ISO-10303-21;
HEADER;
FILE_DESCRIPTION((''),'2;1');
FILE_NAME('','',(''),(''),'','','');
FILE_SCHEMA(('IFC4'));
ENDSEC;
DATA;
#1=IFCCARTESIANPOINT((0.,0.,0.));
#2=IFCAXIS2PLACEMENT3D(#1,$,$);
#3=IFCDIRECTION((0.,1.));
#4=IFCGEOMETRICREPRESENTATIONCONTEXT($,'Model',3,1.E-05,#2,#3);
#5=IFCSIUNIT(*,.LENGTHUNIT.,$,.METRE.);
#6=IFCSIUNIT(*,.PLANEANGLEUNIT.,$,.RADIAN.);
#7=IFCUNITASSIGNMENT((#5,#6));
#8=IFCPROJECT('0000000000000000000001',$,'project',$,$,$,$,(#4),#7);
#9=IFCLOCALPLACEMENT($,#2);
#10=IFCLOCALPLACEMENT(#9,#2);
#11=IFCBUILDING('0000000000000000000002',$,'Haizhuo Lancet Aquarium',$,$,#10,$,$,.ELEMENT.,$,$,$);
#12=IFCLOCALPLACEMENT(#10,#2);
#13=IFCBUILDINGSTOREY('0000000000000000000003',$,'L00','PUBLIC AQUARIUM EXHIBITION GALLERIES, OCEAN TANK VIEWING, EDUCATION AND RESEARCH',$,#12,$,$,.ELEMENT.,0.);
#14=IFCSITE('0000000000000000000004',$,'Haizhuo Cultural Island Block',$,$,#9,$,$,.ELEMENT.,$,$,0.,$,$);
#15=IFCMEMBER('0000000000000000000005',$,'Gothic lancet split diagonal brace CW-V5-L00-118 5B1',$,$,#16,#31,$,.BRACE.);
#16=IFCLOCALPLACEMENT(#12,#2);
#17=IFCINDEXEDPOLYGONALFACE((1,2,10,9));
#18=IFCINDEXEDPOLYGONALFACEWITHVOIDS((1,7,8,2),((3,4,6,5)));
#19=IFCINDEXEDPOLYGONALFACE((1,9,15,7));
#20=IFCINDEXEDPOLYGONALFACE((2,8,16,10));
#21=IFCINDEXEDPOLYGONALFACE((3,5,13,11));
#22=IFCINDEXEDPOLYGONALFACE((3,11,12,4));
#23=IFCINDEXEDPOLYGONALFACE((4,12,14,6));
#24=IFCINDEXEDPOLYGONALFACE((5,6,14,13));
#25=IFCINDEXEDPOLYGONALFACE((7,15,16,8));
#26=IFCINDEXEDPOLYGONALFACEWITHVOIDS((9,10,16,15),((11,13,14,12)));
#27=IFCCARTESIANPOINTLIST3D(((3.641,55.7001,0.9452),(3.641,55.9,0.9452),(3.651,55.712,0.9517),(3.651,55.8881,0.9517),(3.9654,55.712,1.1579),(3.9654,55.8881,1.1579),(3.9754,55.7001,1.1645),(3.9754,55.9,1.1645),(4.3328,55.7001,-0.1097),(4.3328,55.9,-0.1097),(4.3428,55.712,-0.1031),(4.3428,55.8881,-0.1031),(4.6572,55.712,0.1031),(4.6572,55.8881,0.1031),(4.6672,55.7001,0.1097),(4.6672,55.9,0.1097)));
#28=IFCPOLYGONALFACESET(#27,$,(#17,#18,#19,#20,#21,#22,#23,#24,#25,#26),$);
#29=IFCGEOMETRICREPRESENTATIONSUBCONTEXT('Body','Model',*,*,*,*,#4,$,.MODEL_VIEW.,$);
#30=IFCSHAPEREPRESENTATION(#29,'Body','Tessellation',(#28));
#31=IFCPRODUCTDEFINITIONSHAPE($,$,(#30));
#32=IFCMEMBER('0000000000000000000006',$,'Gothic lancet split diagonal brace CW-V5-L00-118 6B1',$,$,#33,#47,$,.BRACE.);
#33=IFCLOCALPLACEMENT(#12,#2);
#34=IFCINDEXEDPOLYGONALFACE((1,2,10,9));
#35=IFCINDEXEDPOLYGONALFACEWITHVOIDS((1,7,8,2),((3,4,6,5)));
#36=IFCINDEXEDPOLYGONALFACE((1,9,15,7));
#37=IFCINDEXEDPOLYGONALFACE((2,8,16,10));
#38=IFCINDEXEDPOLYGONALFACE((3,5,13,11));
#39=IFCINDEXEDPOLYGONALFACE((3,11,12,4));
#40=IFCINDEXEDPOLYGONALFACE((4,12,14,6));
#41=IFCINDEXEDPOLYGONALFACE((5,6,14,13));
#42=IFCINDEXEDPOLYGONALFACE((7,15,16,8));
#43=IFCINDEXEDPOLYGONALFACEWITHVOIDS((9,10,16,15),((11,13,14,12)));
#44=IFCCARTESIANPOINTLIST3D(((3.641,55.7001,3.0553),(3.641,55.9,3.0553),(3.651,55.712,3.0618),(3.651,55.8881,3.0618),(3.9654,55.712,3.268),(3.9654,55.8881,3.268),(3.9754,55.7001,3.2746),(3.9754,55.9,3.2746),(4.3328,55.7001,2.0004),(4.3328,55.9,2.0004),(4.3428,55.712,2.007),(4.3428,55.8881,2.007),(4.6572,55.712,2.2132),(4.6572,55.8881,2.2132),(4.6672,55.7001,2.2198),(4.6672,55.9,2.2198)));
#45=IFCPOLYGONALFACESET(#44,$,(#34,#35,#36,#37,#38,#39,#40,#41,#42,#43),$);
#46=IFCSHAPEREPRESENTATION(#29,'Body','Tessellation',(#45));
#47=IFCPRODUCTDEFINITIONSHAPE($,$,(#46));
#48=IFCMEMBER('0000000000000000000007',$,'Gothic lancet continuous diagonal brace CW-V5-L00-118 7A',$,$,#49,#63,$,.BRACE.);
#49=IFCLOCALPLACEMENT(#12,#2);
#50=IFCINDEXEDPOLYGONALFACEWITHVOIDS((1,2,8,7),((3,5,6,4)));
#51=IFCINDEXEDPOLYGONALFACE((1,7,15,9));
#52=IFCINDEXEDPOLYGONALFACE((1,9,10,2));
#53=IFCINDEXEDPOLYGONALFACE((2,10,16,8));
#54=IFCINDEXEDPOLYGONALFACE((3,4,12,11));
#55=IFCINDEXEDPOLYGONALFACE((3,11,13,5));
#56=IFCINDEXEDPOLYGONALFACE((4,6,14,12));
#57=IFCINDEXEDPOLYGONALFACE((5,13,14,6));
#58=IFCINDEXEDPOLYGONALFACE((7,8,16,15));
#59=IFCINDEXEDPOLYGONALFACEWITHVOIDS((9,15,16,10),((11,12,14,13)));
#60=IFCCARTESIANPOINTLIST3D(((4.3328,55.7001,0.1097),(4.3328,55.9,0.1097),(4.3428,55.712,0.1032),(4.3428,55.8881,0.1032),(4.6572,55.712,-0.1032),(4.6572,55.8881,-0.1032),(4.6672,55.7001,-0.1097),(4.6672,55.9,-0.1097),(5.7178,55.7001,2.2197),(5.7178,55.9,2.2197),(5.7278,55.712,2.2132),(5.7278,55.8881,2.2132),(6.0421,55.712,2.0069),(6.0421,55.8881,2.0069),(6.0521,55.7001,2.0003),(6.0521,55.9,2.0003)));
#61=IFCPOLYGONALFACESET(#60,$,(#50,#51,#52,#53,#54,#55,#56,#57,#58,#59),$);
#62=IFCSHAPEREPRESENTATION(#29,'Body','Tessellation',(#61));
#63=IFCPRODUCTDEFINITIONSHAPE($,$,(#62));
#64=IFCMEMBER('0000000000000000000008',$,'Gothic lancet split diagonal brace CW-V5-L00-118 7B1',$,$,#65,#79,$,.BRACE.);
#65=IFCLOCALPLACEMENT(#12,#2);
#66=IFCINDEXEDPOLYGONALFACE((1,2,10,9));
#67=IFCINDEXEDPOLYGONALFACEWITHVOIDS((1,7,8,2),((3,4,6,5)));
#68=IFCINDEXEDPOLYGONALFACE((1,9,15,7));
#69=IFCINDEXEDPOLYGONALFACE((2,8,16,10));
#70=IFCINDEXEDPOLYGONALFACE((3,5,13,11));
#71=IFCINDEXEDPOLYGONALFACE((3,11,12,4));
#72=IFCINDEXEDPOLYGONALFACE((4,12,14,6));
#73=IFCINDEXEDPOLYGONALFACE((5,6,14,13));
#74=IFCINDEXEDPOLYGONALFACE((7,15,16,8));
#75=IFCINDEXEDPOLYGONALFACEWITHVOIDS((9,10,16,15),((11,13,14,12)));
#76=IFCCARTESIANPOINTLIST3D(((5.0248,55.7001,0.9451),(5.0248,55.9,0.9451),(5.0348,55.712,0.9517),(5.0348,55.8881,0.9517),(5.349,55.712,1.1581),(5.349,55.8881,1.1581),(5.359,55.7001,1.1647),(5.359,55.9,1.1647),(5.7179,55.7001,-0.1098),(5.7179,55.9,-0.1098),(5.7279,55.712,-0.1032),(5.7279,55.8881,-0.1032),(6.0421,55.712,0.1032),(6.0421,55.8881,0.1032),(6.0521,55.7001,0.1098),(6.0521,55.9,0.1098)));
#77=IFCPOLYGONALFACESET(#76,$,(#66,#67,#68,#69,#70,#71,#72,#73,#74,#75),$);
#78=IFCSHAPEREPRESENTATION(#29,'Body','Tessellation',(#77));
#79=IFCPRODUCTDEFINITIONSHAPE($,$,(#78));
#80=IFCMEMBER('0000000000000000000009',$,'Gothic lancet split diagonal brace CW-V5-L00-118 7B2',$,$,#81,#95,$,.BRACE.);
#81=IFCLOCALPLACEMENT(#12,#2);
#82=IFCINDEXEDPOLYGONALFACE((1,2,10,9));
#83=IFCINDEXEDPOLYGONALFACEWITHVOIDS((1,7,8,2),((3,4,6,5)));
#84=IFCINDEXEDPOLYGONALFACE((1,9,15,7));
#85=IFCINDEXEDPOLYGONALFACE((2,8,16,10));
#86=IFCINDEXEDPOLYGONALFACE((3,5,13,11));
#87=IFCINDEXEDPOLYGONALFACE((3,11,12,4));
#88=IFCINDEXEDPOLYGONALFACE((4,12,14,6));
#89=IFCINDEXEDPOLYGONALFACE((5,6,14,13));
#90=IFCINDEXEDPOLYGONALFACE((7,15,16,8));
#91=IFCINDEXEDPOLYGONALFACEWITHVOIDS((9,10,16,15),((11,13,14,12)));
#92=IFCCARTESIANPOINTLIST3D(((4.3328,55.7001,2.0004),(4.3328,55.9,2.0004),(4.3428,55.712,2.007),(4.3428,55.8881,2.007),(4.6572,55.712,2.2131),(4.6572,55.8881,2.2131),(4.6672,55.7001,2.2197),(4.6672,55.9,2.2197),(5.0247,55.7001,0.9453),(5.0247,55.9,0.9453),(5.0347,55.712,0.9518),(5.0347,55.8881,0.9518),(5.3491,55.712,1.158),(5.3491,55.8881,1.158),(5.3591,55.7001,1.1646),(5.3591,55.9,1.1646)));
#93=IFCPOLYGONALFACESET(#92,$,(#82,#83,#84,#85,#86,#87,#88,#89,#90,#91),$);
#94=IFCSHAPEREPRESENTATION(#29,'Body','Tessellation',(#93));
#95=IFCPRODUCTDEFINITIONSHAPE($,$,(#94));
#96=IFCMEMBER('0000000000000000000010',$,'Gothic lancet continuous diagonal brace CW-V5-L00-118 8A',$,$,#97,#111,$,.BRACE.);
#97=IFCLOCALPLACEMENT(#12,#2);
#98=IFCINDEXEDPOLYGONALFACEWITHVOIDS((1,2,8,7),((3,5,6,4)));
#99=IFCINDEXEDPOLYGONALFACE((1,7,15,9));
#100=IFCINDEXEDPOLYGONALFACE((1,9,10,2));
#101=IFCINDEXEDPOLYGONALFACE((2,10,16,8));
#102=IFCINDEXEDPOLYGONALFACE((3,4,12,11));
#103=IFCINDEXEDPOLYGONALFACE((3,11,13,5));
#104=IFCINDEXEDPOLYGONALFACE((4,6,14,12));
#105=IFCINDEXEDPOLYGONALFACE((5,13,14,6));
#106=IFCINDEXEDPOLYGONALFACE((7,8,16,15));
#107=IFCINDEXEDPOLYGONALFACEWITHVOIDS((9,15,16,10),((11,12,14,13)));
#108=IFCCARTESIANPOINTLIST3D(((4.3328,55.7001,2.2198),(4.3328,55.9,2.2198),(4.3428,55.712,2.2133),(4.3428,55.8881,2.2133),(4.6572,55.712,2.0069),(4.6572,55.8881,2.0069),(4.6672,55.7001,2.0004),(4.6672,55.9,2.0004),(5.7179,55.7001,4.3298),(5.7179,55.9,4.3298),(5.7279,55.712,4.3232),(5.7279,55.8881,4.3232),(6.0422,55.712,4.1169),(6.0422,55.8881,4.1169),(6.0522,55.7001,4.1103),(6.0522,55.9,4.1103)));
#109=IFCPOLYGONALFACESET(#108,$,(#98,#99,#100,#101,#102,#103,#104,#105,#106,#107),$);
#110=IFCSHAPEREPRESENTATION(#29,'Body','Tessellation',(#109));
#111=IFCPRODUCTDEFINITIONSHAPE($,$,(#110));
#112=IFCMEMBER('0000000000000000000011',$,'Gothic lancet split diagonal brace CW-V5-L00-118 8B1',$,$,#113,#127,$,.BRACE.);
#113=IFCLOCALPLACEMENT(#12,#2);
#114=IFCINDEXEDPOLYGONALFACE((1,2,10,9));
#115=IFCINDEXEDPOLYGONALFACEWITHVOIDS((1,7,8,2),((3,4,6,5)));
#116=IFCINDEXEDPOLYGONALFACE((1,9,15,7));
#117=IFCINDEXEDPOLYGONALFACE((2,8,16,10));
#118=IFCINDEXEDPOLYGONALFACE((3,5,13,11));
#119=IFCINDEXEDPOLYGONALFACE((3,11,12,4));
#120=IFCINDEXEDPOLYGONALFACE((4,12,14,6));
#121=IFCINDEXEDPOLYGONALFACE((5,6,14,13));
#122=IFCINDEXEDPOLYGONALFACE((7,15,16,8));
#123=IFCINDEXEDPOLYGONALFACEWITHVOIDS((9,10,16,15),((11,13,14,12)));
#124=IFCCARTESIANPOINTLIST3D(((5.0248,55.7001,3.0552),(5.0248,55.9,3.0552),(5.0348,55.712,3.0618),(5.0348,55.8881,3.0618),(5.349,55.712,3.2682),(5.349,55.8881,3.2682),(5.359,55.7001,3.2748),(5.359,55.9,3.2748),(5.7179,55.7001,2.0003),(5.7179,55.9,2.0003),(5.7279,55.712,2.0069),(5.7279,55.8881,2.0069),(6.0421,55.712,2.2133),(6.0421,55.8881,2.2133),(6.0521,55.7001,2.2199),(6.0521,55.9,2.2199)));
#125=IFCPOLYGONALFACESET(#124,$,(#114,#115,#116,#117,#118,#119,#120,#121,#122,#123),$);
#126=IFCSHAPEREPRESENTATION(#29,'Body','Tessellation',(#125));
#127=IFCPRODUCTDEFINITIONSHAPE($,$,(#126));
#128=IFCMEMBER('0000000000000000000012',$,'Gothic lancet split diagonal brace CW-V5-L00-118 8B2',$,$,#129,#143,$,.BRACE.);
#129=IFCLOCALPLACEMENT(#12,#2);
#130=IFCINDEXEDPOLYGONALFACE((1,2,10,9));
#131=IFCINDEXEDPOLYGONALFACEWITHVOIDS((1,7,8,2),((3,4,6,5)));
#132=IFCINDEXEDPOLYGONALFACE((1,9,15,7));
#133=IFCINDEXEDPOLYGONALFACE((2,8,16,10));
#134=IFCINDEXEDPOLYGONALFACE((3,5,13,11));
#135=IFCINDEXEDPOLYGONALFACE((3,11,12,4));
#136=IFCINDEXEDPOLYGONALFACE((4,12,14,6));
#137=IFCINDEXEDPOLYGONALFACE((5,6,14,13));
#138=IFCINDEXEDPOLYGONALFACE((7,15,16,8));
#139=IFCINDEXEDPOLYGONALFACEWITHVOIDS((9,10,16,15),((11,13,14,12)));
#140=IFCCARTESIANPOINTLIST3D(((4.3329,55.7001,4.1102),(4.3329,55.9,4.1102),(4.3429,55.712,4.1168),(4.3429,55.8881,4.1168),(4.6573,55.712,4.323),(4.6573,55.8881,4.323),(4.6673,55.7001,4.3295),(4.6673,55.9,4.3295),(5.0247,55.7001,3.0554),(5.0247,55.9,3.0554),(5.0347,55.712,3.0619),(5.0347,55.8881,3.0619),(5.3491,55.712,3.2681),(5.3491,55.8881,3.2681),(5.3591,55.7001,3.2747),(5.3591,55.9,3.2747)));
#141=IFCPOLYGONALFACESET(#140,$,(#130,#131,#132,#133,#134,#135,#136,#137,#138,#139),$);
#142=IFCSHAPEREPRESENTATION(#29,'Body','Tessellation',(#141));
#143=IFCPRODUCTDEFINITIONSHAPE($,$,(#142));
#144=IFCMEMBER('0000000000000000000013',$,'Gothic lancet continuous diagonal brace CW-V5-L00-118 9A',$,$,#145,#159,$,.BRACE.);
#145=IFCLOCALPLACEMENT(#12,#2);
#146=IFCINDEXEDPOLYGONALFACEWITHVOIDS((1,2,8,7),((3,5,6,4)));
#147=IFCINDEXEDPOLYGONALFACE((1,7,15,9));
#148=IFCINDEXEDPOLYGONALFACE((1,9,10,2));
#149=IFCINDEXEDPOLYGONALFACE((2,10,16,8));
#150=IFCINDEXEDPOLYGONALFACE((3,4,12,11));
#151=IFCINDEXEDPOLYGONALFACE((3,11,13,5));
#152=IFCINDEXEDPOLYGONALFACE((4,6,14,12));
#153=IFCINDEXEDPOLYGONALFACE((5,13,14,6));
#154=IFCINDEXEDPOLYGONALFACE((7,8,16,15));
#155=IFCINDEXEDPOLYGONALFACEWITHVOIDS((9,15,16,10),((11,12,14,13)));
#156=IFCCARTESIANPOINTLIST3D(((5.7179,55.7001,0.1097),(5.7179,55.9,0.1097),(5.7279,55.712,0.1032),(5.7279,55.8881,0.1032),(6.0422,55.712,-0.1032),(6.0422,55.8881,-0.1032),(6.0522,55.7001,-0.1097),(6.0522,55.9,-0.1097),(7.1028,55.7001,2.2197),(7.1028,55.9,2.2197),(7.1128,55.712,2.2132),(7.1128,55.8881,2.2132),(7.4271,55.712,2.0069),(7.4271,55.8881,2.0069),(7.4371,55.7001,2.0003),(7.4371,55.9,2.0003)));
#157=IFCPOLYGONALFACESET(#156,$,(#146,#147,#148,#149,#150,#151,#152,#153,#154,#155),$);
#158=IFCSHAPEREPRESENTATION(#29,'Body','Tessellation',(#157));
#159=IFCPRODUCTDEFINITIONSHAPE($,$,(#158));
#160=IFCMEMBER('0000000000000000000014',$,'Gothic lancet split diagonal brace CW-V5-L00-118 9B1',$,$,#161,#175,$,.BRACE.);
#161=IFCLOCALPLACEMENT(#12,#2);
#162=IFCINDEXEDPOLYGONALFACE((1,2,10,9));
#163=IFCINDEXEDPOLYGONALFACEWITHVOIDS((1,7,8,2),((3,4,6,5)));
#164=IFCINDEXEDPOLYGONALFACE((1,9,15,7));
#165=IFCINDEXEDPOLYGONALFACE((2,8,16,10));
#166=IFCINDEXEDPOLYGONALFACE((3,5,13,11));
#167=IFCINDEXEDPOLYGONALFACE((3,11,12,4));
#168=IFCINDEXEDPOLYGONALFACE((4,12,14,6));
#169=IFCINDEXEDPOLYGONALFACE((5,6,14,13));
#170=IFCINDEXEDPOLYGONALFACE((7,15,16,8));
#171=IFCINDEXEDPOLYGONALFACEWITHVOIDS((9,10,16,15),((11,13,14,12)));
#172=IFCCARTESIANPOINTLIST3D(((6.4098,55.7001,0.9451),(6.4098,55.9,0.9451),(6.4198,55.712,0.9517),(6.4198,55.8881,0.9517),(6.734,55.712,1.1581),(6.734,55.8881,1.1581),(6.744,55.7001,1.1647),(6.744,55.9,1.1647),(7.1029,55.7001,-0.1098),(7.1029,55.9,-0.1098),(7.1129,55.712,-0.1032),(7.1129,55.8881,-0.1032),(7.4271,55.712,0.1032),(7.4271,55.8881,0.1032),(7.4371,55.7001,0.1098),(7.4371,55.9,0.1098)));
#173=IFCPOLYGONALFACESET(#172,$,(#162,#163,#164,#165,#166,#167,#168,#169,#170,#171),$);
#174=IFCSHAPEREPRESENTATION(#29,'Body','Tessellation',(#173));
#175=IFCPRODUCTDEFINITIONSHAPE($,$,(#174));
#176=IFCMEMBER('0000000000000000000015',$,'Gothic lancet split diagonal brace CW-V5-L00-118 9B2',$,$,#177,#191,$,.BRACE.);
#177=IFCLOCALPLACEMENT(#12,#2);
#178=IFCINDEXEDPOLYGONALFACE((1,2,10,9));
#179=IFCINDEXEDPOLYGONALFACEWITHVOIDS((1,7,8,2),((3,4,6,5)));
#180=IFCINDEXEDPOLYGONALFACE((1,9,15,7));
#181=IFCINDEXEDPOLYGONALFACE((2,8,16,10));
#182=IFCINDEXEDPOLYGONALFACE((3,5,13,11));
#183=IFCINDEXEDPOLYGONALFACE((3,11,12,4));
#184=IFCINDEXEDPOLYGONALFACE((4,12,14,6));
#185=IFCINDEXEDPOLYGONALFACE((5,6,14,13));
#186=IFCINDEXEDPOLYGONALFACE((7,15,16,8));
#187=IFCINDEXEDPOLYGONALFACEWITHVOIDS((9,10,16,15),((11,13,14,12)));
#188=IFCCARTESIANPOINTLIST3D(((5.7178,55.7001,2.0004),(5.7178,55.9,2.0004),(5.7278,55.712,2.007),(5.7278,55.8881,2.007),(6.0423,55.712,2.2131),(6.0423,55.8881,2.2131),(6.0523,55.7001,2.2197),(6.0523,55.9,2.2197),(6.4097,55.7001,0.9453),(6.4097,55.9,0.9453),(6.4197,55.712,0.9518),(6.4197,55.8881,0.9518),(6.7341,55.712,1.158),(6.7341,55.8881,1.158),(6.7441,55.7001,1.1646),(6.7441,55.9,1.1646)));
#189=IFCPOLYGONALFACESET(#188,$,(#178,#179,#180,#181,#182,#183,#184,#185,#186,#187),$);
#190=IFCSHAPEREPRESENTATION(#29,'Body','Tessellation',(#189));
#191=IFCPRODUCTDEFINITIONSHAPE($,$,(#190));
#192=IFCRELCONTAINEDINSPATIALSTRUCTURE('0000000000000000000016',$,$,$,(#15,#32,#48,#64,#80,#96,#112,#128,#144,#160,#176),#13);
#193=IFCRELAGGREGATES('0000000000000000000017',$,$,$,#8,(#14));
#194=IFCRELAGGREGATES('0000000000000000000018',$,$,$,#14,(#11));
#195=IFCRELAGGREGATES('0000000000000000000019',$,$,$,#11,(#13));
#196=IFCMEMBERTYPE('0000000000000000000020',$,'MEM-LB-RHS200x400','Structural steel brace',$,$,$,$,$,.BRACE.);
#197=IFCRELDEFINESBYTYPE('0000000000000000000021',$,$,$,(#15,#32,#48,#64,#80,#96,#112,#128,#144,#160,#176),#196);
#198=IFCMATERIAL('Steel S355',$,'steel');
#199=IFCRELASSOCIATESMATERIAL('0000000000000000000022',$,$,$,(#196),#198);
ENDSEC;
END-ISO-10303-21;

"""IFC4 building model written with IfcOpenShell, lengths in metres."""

from ifc_helpers import new_model, si_unit, direction, frame, origin, origin_2d, place, context, subcontext, project, spatial, hollow_rectangle, extrude, material, material_profile, profile_set, type_object, element, save


model = new_model("IFC4")

# Units and contexts
model_context = context("Model", 3, precision=1e-05, world=origin(), true_north=direction((0.0, 1.0)))
body_context = subcontext(model_context, "Body", "Model", "MODEL_VIEW")
ifc_project = project(units=[si_unit("LENGTHUNIT", "METRE"), si_unit("PLANEANGLEUNIT", "RADIAN")], contexts=[model_context])

# Site, building, storey
site_placement = place(None, origin())
site = spatial("IfcSite", under=ifc_project, at=site_placement, Name="Haizhuo Cultural Island Block", CompositionType="ELEMENT", RefElevation=0.0)
building_placement = place(site_placement, origin())
building = spatial("IfcBuilding", under=site, at=building_placement, Name="Haizhuo Lancet Aquarium", CompositionType="ELEMENT")
storey_placement = place(building_placement, origin())
storey = spatial("IfcBuildingStorey", under=building, at=storey_placement, Name="L00", Description="PUBLIC AQUARIUM EXHIBITION GALLERIES, OCEAN TANK VIEWING, EDUCATION AND RESEARCH", CompositionType="ELEMENT", Elevation=0.0)

# Members
ifc_material_1 = material(Name="Steel S355", Category="steel")
ifc_material_profile_1 = material_profile(ifc_material_1, hollow_rectangle(XDim=0.2, YDim=0.3999, WallThickness=0.012, at=origin_2d()), Name="RHS 200x400x12")
ifc_profile_set_1 = profile_set([ifc_material_profile_1], Name="Steel S355")
member_type_1 = type_object("IfcMemberType", Name="MEM-LB-RHS200x400", Description="Structural steel brace", PredefinedType="BRACE", material=ifc_profile_set_1)
for number, where, z_axis, x_axis, name in (
    (1, (4.5, 55.8, 0.0), (-0.548432, 0.0, 0.836195), (0.0, -1.0, 0.0), "Gothic lancet split diagonal brace CW-V5-L00-118 5B1"),
    (2, (4.5, 55.8, 2.1101), (-0.548432, 0.0, 0.836195), (0.0, -1.0, 0.0), "Gothic lancet split diagonal brace CW-V5-L00-118 6B1"),
):
    element("IfcMember", number, at=place(storey_placement, frame(where, z_axis=z_axis, x_axis=x_axis)), inside=storey, type_object=member_type_1, Name=name, PredefinedType="BRACE", context=body_context, shape_type="SweptSolid", body=[
        extrude(hollow_rectangle(XDim=0.2, YDim=0.3999, WallThickness=0.012, at=origin_2d()), origin(), (0.0, 0.0, 1.0), 1.2615),
    ])
member_1_placement = place(storey_placement, frame((4.5, 55.8, 0.0), z_axis=(0.548726, 0.0, 0.836002), x_axis=(0.0, 1.0, 0.0)))
element("IfcMember", 3, at=member_1_placement, inside=storey, type_object=member_type_1, Name="Gothic lancet continuous diagonal brace CW-V5-L00-118 7A", PredefinedType="BRACE", context=body_context, shape_type="SweptSolid", body=[
    extrude(hollow_rectangle(XDim=0.2, YDim=0.3999, WallThickness=0.012, at=origin_2d()), origin(), (0.0, 0.0, 1.0), 2.5239),
])
member_2_placement = place(storey_placement, frame((5.885, 55.8, 0.0), z_axis=(-0.549108, 0.0, 0.835751), x_axis=(0.0, -1.0, 0.0)))
element("IfcMember", 4, at=member_2_placement, inside=storey, type_object=member_type_1, Name="Gothic lancet split diagonal brace CW-V5-L00-118 7B1", PredefinedType="BRACE", context=body_context, shape_type="SweptSolid", body=[
    extrude(hollow_rectangle(XDim=0.2, YDim=0.3999, WallThickness=0.012, at=origin_2d()), origin(), (0.0, 0.0, 1.0), 1.2622),
])
member_3_placement = place(storey_placement, frame((5.1919, 55.8, 1.0549), z_axis=(-0.548344, 0.0, 0.836253), x_axis=(0.0, -1.0, 0.0)))
element("IfcMember", 5, at=member_3_placement, inside=storey, type_object=member_type_1, Name="Gothic lancet split diagonal brace CW-V5-L00-118 7B2", PredefinedType="BRACE", context=body_context, shape_type="SweptSolid", body=[
    extrude(hollow_rectangle(XDim=0.2, YDim=0.3999, WallThickness=0.012, at=origin_2d()), origin(), (0.0, 0.0, 1.0), 1.2617),
])
member_4_placement = place(storey_placement, frame((4.5, 55.8, 2.1101), z_axis=(0.548771, 0.0, 0.835973), x_axis=(0.0, 1.0, 0.0)))
element("IfcMember", 6, at=member_4_placement, inside=storey, type_object=member_type_1, Name="Gothic lancet continuous diagonal brace CW-V5-L00-118 8A", PredefinedType="BRACE", context=body_context, shape_type="SweptSolid", body=[
    extrude(hollow_rectangle(XDim=0.2, YDim=0.3999, WallThickness=0.012, at=origin_2d()), origin(), (0.0, 0.0, 1.0), 2.5239),
])
member_5_placement = place(storey_placement, frame((5.885, 55.8, 2.1101), z_axis=(-0.549108, 0.0, 0.835751), x_axis=(0.0, -1.0, 0.0)))
element("IfcMember", 7, at=member_5_placement, inside=storey, type_object=member_type_1, Name="Gothic lancet split diagonal brace CW-V5-L00-118 8B1", PredefinedType="BRACE", context=body_context, shape_type="SweptSolid", body=[
    extrude(hollow_rectangle(XDim=0.2, YDim=0.3999, WallThickness=0.012, at=origin_2d()), origin(), (0.0, 0.0, 1.0), 1.2622),
])
member_6_placement = place(storey_placement, frame((5.1919, 55.8, 3.165), z_axis=(-0.548432, 0.0, 0.836195), x_axis=(0.0, -1.0, 0.0)))
element("IfcMember", 8, at=member_6_placement, inside=storey, type_object=member_type_1, Name="Gothic lancet split diagonal brace CW-V5-L00-118 8B2", PredefinedType="BRACE", context=body_context, shape_type="SweptSolid", body=[
    extrude(hollow_rectangle(XDim=0.2, YDim=0.3999, WallThickness=0.012, at=origin_2d()), origin(), (0.0, 0.0, 1.0), 1.2615),
])
member_7_placement = place(storey_placement, frame((5.885, 55.8, 0.0), z_axis=(0.548726, 0.0, 0.836002), x_axis=(0.0, 1.0, 0.0)))
element("IfcMember", 9, at=member_7_placement, inside=storey, type_object=member_type_1, Name="Gothic lancet continuous diagonal brace CW-V5-L00-118 9A", PredefinedType="BRACE", context=body_context, shape_type="SweptSolid", body=[
    extrude(hollow_rectangle(XDim=0.2, YDim=0.3999, WallThickness=0.012, at=origin_2d()), origin(), (0.0, 0.0, 1.0), 2.5239),
])
member_8_placement = place(storey_placement, frame((7.27, 55.8, 0.0), z_axis=(-0.549108, 0.0, 0.835751), x_axis=(0.0, -1.0, 0.0)))
element("IfcMember", 10, at=member_8_placement, inside=storey, type_object=member_type_1, Name="Gothic lancet split diagonal brace CW-V5-L00-118 9B1", PredefinedType="BRACE", context=body_context, shape_type="SweptSolid", body=[
    extrude(hollow_rectangle(XDim=0.2, YDim=0.3999, WallThickness=0.012, at=origin_2d()), origin(), (0.0, 0.0, 1.0), 1.2622),
])
member_9_placement = place(storey_placement, frame((6.5769, 55.8, 1.0549), z_axis=(-0.548344, 0.0, 0.836253), x_axis=(0.0, -1.0, 0.0)))
element("IfcMember", 11, at=member_9_placement, inside=storey, type_object=member_type_1, Name="Gothic lancet split diagonal brace CW-V5-L00-118 9B2", PredefinedType="BRACE", context=body_context, shape_type="SweptSolid", body=[
    extrude(hollow_rectangle(XDim=0.2, YDim=0.3999, WallThickness=0.012, at=origin_2d()), origin(), (0.0, 0.0, 1.0), 1.2617),
])

save(model, "model.ifc")
